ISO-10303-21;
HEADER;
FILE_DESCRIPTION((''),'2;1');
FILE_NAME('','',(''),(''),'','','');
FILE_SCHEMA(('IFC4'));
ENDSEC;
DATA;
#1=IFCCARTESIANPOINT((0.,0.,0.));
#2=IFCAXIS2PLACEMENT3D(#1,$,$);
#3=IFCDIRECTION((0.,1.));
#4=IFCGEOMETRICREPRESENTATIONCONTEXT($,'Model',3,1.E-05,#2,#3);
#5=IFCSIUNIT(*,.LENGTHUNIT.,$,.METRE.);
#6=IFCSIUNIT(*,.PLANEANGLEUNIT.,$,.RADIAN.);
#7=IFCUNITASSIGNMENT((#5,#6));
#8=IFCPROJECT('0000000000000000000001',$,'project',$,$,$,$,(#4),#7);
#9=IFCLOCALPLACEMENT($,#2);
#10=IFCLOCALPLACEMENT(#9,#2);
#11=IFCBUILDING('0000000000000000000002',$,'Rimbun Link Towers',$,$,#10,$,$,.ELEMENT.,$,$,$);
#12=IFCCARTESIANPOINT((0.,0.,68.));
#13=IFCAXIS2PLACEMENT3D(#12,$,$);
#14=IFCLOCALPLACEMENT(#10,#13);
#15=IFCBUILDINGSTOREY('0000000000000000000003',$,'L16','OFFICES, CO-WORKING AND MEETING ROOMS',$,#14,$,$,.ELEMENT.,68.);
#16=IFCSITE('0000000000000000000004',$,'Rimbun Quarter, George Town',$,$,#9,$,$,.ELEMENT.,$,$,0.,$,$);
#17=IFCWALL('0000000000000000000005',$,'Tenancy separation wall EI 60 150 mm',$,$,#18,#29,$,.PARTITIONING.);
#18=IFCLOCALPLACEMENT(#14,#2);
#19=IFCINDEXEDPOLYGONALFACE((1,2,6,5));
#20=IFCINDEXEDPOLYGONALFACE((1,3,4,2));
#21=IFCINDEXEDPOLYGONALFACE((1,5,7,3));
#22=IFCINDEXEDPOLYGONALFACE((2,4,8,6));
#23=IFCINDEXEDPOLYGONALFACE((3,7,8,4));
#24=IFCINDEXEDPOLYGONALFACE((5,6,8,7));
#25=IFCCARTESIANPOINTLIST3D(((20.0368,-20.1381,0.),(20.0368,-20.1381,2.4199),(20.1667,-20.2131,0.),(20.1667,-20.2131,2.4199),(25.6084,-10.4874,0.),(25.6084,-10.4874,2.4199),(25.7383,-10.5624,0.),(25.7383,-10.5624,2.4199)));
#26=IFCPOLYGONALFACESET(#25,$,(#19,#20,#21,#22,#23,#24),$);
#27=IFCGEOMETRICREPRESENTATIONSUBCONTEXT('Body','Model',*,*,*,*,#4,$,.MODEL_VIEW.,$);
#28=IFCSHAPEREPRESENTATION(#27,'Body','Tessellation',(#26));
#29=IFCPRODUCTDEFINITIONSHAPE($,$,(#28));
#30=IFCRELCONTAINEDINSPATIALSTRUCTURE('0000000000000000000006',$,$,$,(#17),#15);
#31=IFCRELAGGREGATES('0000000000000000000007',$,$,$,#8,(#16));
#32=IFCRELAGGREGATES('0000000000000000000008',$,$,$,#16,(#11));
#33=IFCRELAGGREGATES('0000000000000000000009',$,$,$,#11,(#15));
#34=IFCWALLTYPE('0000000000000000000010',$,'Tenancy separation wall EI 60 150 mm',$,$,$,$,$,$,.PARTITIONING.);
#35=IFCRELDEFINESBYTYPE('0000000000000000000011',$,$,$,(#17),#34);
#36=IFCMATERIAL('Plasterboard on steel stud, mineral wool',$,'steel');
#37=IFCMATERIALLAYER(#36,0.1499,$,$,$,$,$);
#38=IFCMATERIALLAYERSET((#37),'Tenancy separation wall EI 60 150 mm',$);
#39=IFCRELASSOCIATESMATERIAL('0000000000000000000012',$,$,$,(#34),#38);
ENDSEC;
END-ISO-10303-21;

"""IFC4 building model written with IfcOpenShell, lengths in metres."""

from ifc_helpers import new_model, si_unit, direction, frame, frame_2d, origin, place, context, subcontext, project, spatial, rectangle, extrude, material, layer, layer_set, type_object, element, save


model = new_model("IFC4")

# Units and contexts
model_context = context("Model", 3, precision=1e-05, world=origin(), true_north=direction((0.0, 1.0)))
body_context = subcontext(model_context, "Body", "Model", "MODEL_VIEW")
ifc_project = project(units=[si_unit("LENGTHUNIT", "METRE"), si_unit("PLANEANGLEUNIT", "RADIAN")], contexts=[model_context])

# Site, building, storey
site_placement = place(None, origin())
site = spatial("IfcSite", under=ifc_project, at=site_placement, Name="Rimbun Quarter, George Town", CompositionType="ELEMENT", RefElevation=0.0)
building_placement = place(site_placement, origin())
building = spatial("IfcBuilding", under=site, at=building_placement, Name="Rimbun Link Towers", CompositionType="ELEMENT")
storey_placement = place(building_placement, frame((0.0, 0.0, 68.0)))
storey = spatial("IfcBuildingStorey", under=building, at=storey_placement, Name="L16", Description="OFFICES, CO-WORKING AND MEETING ROOMS", CompositionType="ELEMENT", Elevation=68.0)

# Wall
ifc_material_1 = material(Name="Plasterboard on steel stud, mineral wool", Category="steel")
ifc_layer_1 = layer(ifc_material_1, 0.1499)
ifc_layer_set_1 = layer_set([ifc_layer_1], Name="Tenancy separation wall EI 60 150 mm")
wall_type_1 = type_object("IfcWallType", Name="Tenancy separation wall EI 60 150 mm", PredefinedType="PARTITIONING", material=ifc_layer_set_1)
wall_1_placement = place(storey_placement, frame((25.6733, -10.5249, 0.0), z_axis=(0.0, 0.0, 1.0), x_axis=(-0.499982, -0.866036, 0.0)))
element("IfcWall", 1, at=wall_1_placement, inside=storey, type_object=wall_type_1, Name="Tenancy separation wall EI 60 150 mm", PredefinedType="PARTITIONING", context=body_context, shape_type="SweptSolid", body=[
    extrude(rectangle(XDim=11.1436, YDim=0.1499, at=frame_2d((5.5718, 0.0))), origin(), (0.0, 0.0, 1.0), 2.4199),
])

save(model, "model.ifc")
